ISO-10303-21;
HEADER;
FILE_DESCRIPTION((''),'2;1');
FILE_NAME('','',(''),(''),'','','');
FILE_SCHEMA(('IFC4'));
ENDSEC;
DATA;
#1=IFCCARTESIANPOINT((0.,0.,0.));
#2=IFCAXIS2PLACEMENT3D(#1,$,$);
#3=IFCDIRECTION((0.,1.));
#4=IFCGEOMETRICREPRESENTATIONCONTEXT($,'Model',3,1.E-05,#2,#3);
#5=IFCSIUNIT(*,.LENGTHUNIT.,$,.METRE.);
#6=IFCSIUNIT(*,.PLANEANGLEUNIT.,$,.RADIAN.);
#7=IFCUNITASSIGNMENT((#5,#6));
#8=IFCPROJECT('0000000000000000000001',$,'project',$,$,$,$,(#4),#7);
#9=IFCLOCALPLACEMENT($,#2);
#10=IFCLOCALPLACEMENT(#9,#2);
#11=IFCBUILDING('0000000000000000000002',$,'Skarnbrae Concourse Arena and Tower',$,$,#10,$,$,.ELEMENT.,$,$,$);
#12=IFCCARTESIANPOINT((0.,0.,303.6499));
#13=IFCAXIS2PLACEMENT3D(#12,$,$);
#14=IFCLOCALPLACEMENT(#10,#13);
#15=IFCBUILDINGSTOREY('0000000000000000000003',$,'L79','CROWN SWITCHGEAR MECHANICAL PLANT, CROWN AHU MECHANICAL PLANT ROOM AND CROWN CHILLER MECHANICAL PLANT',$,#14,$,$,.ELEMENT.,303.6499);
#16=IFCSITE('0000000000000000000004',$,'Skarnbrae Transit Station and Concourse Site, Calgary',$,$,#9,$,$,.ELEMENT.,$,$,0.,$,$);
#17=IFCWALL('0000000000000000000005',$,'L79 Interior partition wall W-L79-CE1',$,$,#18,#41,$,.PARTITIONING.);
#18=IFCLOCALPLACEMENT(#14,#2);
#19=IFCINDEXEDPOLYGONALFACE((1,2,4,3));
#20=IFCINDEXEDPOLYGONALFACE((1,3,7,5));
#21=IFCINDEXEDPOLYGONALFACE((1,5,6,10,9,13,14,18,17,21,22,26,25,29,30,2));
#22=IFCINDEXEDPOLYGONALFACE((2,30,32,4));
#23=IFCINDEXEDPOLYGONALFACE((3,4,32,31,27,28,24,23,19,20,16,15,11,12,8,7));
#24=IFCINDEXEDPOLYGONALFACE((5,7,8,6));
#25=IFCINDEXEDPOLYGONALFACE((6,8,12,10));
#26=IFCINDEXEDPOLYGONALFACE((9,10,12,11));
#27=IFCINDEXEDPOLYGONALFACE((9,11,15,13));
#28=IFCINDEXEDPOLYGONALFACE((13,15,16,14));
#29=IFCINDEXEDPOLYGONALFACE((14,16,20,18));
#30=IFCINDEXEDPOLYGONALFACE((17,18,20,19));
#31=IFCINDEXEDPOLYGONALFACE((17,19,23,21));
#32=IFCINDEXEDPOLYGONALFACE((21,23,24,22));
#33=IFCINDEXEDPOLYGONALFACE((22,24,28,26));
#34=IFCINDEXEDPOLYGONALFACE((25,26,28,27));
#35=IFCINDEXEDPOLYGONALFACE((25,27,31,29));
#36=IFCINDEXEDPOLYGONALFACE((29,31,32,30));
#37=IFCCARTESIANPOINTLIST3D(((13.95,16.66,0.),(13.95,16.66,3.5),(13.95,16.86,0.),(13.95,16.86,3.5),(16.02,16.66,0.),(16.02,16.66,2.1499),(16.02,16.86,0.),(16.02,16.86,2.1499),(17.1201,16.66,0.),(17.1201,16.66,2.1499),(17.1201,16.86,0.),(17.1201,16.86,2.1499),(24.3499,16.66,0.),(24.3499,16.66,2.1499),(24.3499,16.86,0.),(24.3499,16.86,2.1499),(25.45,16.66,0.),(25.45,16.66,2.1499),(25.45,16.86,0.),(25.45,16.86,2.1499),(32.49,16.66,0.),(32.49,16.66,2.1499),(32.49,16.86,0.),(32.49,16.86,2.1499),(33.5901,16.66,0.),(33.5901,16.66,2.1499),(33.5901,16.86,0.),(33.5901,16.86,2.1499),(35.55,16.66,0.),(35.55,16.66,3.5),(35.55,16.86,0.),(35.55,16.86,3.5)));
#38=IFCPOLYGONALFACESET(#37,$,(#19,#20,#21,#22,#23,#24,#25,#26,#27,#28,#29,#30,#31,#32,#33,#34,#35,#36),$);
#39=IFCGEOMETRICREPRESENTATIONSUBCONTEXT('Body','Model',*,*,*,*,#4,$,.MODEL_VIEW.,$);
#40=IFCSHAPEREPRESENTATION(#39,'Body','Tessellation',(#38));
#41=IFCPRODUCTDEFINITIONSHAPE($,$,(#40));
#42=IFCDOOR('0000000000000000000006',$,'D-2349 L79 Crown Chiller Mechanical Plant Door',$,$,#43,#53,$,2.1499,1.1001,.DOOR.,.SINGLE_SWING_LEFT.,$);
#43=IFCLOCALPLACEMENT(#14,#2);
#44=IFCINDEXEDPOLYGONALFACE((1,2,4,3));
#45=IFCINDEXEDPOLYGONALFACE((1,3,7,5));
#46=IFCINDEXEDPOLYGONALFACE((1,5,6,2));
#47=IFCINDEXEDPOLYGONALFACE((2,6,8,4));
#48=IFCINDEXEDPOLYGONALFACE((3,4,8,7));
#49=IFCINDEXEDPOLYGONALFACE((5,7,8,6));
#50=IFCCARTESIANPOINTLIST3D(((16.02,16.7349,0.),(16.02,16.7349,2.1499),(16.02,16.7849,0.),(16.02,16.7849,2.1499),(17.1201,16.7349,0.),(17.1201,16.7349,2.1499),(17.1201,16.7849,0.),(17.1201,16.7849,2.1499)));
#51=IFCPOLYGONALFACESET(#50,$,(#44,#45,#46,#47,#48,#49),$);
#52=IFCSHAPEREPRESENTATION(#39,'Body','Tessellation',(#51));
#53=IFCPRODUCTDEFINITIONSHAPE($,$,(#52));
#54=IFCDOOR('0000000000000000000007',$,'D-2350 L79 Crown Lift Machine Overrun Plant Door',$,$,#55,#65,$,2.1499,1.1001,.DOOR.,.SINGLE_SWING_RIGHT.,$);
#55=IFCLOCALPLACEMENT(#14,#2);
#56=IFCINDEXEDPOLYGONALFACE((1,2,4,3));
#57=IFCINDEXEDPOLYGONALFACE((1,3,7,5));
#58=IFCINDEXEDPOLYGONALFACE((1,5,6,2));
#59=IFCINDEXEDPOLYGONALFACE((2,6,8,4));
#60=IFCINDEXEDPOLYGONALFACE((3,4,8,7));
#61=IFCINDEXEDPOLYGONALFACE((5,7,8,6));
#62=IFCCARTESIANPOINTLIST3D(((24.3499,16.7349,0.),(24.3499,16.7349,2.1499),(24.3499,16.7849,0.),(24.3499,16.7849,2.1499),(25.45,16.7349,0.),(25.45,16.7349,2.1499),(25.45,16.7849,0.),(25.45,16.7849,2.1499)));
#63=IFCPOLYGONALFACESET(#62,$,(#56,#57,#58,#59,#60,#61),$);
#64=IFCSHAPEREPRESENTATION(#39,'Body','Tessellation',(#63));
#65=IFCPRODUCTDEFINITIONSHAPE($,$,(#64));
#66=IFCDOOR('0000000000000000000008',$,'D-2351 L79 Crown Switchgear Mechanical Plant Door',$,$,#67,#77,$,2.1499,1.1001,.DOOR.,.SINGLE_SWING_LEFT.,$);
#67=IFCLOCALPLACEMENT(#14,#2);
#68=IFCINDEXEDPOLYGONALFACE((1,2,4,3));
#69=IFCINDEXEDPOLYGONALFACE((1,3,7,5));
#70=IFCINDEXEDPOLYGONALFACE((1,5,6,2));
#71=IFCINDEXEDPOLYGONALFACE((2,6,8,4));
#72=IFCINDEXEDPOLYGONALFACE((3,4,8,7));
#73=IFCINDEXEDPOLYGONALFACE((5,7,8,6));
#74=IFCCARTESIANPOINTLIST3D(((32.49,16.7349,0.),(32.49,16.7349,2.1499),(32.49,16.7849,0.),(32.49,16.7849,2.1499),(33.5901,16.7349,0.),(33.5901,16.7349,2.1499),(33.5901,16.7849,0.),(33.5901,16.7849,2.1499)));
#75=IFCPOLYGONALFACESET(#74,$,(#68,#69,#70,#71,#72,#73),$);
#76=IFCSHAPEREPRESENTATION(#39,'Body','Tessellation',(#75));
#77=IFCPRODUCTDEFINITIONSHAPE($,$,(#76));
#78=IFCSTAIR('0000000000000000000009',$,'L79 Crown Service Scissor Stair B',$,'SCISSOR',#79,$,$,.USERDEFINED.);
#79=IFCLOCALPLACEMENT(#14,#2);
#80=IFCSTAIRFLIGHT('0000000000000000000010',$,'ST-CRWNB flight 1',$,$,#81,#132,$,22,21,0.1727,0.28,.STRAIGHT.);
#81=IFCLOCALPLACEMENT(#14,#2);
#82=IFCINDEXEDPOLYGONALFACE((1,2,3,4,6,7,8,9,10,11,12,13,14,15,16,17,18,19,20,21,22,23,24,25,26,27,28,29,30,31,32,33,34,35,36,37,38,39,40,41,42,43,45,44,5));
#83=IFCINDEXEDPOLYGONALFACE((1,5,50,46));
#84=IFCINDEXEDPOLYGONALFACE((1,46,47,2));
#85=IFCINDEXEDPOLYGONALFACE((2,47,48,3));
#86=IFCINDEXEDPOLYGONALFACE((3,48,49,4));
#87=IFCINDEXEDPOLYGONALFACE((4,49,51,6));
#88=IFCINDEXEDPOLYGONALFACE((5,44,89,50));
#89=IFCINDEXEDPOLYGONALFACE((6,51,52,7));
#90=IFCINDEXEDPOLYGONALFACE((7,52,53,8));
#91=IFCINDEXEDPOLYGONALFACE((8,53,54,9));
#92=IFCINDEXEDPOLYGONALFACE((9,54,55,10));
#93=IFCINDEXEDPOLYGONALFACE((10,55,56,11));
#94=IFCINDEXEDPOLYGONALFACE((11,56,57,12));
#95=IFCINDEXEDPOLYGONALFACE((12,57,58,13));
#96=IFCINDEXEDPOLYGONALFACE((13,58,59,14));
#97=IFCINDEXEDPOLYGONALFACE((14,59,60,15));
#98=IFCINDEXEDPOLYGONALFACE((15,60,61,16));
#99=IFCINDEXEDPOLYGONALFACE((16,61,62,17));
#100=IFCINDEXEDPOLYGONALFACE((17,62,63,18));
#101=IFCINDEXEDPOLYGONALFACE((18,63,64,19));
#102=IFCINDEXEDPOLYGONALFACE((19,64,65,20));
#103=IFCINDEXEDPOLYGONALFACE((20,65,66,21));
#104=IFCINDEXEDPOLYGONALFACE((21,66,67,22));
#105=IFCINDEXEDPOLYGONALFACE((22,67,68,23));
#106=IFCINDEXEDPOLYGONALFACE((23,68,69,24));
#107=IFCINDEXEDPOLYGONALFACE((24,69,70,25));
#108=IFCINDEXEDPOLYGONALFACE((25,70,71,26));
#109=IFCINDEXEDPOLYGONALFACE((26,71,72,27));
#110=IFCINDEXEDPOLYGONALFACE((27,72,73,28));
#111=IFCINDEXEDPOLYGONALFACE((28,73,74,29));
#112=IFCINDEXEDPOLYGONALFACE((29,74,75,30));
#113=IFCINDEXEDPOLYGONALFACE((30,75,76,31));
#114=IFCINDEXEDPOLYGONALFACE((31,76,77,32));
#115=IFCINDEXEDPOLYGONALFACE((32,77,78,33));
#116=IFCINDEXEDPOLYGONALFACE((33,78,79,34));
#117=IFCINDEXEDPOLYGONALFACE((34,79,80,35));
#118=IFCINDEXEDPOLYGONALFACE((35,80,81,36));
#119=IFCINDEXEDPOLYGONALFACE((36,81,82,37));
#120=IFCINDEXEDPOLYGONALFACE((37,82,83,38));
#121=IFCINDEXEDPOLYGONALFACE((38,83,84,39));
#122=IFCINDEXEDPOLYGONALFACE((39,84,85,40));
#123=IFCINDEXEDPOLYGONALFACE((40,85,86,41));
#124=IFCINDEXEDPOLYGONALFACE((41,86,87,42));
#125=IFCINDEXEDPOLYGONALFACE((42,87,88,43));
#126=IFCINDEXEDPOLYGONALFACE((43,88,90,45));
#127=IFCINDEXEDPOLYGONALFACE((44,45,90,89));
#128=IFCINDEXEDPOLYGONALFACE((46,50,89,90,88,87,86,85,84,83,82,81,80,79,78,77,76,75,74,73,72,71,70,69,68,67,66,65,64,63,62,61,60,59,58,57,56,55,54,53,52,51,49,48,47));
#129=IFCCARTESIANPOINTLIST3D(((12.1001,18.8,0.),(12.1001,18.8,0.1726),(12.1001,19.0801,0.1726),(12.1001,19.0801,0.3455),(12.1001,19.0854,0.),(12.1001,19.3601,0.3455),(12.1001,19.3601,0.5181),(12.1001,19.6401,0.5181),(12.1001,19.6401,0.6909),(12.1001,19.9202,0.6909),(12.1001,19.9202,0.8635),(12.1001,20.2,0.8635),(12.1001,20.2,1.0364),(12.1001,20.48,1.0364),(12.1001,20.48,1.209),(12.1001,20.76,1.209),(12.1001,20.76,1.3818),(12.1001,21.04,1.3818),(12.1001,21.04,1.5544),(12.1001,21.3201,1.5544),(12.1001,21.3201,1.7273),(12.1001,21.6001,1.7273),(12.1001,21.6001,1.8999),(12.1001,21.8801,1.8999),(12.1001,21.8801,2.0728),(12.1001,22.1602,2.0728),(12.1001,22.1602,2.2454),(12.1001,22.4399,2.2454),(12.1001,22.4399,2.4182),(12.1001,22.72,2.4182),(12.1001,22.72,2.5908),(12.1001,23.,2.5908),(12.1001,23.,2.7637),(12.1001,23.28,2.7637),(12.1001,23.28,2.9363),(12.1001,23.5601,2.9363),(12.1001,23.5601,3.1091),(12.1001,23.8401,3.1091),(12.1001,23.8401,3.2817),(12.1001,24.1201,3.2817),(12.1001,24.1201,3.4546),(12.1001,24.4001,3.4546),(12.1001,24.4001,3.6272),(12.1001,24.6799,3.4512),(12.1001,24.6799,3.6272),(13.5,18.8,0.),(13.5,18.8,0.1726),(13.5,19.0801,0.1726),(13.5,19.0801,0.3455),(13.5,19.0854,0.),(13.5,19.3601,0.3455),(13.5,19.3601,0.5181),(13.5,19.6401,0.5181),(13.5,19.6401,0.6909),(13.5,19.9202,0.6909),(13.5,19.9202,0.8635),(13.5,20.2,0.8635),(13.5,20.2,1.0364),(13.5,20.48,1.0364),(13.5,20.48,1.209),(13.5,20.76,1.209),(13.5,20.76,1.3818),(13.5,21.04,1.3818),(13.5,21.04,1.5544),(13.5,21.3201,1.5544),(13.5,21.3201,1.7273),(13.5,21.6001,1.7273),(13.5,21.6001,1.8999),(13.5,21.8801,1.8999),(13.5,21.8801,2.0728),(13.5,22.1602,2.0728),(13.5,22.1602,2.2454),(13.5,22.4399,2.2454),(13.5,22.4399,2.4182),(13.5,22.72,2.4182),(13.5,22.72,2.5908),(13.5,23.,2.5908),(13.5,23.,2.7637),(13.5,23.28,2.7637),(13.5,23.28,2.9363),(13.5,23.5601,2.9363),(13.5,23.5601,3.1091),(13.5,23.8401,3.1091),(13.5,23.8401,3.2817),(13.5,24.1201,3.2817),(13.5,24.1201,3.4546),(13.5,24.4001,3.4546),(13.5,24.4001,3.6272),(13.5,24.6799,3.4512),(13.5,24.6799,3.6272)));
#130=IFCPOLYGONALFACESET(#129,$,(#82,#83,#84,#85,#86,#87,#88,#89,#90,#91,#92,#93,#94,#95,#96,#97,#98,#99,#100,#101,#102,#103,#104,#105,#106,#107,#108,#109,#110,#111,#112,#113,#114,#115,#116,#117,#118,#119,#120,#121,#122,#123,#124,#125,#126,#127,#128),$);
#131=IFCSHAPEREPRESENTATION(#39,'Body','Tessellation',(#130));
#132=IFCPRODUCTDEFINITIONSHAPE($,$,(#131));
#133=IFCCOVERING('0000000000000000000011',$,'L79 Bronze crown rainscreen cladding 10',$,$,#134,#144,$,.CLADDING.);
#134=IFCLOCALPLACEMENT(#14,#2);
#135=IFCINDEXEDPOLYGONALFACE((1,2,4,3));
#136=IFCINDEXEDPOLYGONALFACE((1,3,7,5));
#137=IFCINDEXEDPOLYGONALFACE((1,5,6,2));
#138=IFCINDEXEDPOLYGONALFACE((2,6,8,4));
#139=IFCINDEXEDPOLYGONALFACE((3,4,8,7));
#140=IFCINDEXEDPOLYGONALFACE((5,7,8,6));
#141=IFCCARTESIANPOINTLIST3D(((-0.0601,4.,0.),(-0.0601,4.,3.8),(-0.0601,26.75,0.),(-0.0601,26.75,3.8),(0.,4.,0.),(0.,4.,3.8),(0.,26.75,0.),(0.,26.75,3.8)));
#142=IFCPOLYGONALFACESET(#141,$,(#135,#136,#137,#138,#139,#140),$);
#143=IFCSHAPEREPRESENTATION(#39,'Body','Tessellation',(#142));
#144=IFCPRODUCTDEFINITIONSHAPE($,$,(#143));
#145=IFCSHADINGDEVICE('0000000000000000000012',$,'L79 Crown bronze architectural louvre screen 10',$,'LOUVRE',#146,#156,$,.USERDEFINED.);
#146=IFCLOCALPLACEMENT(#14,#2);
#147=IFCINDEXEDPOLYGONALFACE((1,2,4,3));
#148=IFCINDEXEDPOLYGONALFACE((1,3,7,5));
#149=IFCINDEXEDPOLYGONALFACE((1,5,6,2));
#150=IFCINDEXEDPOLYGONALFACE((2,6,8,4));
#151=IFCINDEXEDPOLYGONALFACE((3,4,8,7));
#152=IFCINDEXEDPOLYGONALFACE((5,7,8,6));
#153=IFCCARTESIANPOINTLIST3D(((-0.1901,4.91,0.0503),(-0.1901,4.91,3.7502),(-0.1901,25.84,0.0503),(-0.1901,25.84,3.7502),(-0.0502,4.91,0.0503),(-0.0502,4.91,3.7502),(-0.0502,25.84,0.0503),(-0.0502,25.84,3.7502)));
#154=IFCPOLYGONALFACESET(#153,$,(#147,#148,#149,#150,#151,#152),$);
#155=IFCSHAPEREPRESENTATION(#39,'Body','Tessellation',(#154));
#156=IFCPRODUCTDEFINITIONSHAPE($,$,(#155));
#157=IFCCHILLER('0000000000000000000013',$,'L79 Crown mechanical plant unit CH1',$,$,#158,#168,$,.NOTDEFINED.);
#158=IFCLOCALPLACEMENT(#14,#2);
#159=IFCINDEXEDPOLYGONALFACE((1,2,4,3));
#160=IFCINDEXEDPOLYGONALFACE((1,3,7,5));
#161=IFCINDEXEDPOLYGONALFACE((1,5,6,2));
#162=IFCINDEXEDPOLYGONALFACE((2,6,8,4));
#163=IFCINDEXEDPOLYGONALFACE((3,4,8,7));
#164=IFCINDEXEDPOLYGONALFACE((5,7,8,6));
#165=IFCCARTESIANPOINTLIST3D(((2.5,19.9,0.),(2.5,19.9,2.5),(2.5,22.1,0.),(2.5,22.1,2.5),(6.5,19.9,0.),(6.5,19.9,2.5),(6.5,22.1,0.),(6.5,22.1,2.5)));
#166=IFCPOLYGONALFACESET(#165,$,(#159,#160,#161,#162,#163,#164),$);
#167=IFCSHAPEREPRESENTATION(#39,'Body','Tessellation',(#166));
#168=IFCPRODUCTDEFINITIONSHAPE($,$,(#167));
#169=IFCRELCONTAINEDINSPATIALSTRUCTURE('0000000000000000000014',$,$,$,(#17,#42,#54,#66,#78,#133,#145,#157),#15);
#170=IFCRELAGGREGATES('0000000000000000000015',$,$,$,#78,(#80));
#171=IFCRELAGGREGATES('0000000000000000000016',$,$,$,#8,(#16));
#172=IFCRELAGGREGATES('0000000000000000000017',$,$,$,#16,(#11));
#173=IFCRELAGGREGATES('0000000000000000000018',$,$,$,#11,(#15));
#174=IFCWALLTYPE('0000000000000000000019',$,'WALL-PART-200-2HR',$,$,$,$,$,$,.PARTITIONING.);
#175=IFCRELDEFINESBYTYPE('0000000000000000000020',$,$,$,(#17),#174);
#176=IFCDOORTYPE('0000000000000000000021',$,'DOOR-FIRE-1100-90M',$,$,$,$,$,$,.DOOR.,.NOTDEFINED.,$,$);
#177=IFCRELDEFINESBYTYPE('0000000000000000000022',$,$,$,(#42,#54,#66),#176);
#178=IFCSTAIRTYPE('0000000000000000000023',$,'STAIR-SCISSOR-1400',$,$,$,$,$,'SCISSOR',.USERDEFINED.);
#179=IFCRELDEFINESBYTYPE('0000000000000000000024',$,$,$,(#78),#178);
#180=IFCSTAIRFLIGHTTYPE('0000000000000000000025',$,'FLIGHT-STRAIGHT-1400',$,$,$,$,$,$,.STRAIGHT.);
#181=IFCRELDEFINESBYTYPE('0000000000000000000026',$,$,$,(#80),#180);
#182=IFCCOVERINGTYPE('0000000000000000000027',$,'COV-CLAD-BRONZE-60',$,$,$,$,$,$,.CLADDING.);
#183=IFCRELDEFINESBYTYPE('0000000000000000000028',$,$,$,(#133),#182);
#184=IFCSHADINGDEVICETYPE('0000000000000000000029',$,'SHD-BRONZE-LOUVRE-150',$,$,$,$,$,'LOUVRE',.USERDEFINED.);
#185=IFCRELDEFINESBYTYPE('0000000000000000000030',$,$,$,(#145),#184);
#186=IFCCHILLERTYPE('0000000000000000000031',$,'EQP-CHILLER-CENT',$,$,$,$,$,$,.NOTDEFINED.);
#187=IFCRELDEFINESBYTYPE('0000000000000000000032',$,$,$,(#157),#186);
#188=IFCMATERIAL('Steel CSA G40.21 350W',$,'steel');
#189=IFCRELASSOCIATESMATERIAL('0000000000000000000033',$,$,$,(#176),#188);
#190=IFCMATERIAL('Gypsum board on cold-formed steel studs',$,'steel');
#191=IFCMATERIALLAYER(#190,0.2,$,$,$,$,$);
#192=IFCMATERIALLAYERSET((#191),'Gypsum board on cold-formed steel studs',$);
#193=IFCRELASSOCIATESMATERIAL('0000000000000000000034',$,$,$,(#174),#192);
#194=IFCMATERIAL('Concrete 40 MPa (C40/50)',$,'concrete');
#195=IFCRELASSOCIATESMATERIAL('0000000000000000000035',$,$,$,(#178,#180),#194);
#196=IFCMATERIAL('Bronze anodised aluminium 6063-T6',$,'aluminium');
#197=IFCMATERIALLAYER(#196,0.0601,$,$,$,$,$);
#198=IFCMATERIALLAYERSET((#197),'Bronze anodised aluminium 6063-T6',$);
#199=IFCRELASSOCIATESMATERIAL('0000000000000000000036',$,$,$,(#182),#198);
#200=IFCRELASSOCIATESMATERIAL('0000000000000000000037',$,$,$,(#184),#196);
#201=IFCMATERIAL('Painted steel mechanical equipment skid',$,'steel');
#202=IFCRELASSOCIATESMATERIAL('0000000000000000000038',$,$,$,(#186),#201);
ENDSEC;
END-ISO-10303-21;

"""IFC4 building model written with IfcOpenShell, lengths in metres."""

from ifc_helpers import new_model, si_unit, direction, frame, frame_2d, origin, origin_2d, place, context, subcontext, project, spatial, polyline, rectangle, outline, extrude, source, transform, mapped, material, layer, layer_set, type_object, element, fill, aggregate, save


model = new_model("IFC4")

# Units and contexts
model_context = context("Model", 3, precision=1e-05, world=origin(), true_north=direction((0.0, 1.0)))
body_context = subcontext(model_context, "Body", "Model", "MODEL_VIEW")
ifc_project = project(units=[si_unit("LENGTHUNIT", "METRE"), si_unit("PLANEANGLEUNIT", "RADIAN")], contexts=[model_context])

# Site, building, storey
site_placement = place(None, origin())
site = spatial("IfcSite", under=ifc_project, at=site_placement, Name="Skarnbrae Transit Station and Concourse Site, Calgary", CompositionType="ELEMENT", RefElevation=0.0)
building_placement = place(site_placement, origin())
building = spatial("IfcBuilding", under=site, at=building_placement, Name="Skarnbrae Concourse Arena and Tower", CompositionType="ELEMENT")
storey_placement = place(building_placement, frame((0.0, 0.0, 303.6499)))
storey = spatial("IfcBuildingStorey", under=building, at=storey_placement, Name="L79", Description="CROWN SWITCHGEAR MECHANICAL PLANT, CROWN AHU MECHANICAL PLANT ROOM AND CROWN CHILLER MECHANICAL PLANT", CompositionType="ELEMENT", Elevation=303.6499)

# Shared definitions
ifc_material_1 = material(Name="Steel CSA G40.21 350W", Category="steel")

# Shared definitions
door_type = type_object("IfcDoorType", Name="DOOR-FIRE-1100-90M", OperationType="NOTDEFINED", PredefinedType="DOOR", material=ifc_material_1)
shared_shape_1 = source(origin(), body_context, "Body", "SweptSolid", [
    extrude(rectangle(XDim=1.1001, YDim=2.1499, at=frame_2d((0.55, 1.075))), frame((0.0, 0.0249, 0.0), z_axis=(0.0, -1.0, 0.0), x_axis=(1.0, 0.0, 0.0)), (0.0, 0.0, 1.0), 0.05),
])

# Shared definitions
ifc_material_2 = material(Name="Gypsum board on cold-formed steel studs", Category="steel")
ifc_layer_1 = layer(ifc_material_2, 0.2)
ifc_layer_set_1 = layer_set([ifc_layer_1], Name="Gypsum board on cold-formed steel studs")
wall_type_1 = type_object("IfcWallType", Name="WALL-PART-200-2HR", PredefinedType="PARTITIONING", material=ifc_layer_set_1)

# Wall, openings, doors
shared_shape_2 = source(origin(), body_context, "Body", "SweptSolid", [
    extrude(rectangle(XDim=21.6001, YDim=0.2, at=frame_2d((10.8, 0.0))), origin(), (0.0, 0.0, 1.0), 3.5),
])
wall_1_placement = place(storey_placement, frame((13.95, 16.76, 0.0), z_axis=(0.0, 0.0, 1.0), x_axis=(1.0, 0.0, 0.0)))
wall_1 = element("IfcWall", 1, at=wall_1_placement, inside=storey, type_object=wall_type_1, Name="L79 Interior partition wall W-L79-CE1", PredefinedType="PARTITIONING", context=body_context, shape_type="MappedRepresentation", body=[
    mapped(shared_shape_2, transform((0.0, 0.0, 0.0))),
])
opening_1_placement = place(wall_1_placement, frame((2.0701, 0.0, 0.0)))
opening_1 = element("IfcOpeningElement", 2, at=opening_1_placement, cuts=wall_1, PredefinedType="OPENING", context=body_context, shape_type="SweptSolid", body=[
    extrude(rectangle(XDim=1.1001, YDim=2.1499, at=frame_2d((0.55, 1.075))), frame((0.0, 0.1099, 0.0), z_axis=(0.0, -1.0, 0.0), x_axis=(1.0, 0.0, 0.0)), (0.0, 0.0, 1.0), 0.22),
])
opening_2_placement = place(wall_1_placement, frame((10.3999, 0.0, 0.0)))
opening_2 = element("IfcOpeningElement", 3, at=opening_2_placement, cuts=wall_1, PredefinedType="OPENING", context=body_context, shape_type="SweptSolid", body=[
    extrude(rectangle(XDim=1.1001, YDim=2.1499, at=frame_2d((0.55, 1.075))), frame((0.0, 0.1099, 0.0), z_axis=(0.0, -1.0, 0.0), x_axis=(1.0, 0.0, 0.0)), (0.0, 0.0, 1.0), 0.22),
])
opening_3_placement = place(wall_1_placement, frame((18.54, 0.0, 0.0)))
opening_3 = element("IfcOpeningElement", 4, at=opening_3_placement, cuts=wall_1, PredefinedType="OPENING", context=body_context, shape_type="SweptSolid", body=[
    extrude(rectangle(XDim=1.1001, YDim=2.1499, at=frame_2d((0.55, 1.075))), frame((0.0, 0.1099, 0.0), z_axis=(0.0, -1.0, 0.0), x_axis=(1.0, 0.0, 0.0)), (0.0, 0.0, 1.0), 0.22),
])
door_1_placement = place(opening_1_placement, origin())
door_1 = element("IfcDoor", 5, at=door_1_placement, inside=storey, type_object=door_type, Name="D-2349 L79 Crown Chiller Mechanical Plant Door", OperationType="SINGLE_SWING_LEFT", OverallHeight=2.1499, OverallWidth=1.1001, PredefinedType="DOOR", context=body_context, shape_type="MappedRepresentation", body=[
    mapped(shared_shape_1, transform((0.0, 0.0, 0.0))),
])
fill(opening_1, door_1)
door_2_placement = place(opening_2_placement, origin())
door_2 = element("IfcDoor", 6, at=door_2_placement, inside=storey, type_object=door_type, Name="D-2350 L79 Crown Lift Machine Overrun Plant Door", OperationType="SINGLE_SWING_RIGHT", OverallHeight=2.1499, OverallWidth=1.1001, PredefinedType="DOOR", context=body_context, shape_type="MappedRepresentation", body=[
    mapped(shared_shape_1, transform((0.0, 0.0, 0.0))),
])
fill(opening_2, door_2)
door_3_placement = place(opening_3_placement, origin())
door_3 = element("IfcDoor", 7, at=door_3_placement, inside=storey, type_object=door_type, Name="D-2351 L79 Crown Switchgear Mechanical Plant Door", OperationType="SINGLE_SWING_LEFT", OverallHeight=2.1499, OverallWidth=1.1001, PredefinedType="DOOR", context=body_context, shape_type="MappedRepresentation", body=[
    mapped(shared_shape_1, transform((0.0, 0.0, 0.0))),
])
fill(opening_3, door_3)

# Stair, stair flight
ifc_material_3 = material(Name="Concrete 40 MPa (C40/50)", Category="concrete")
stair_type = type_object("IfcStairType", Name="STAIR-SCISSOR-1400", ElementType="SCISSOR", PredefinedType="USERDEFINED", material=ifc_material_3)
stair_placement = place(storey_placement, origin())
stair = element("IfcStair", 8, at=stair_placement, inside=storey, type_object=stair_type, Name="L79 Crown Service Scissor Stair B", ObjectType="SCISSOR", PredefinedType="USERDEFINED")
stair_flight_type = type_object("IfcStairFlightType", Name="FLIGHT-STRAIGHT-1400", PredefinedType="STRAIGHT", material=ifc_material_3)
shared_shape_3 = source(origin(), body_context, "Body", "SweptSolid", [
    extrude(outline(polyline([(0.0, 0.0), (0.0, 0.1726), (0.28, 0.1726), (0.28, 0.3455), (0.5601, 0.3455), (0.5601, 0.5181), (0.8401, 0.5181), (0.8401, 0.6909), (1.1201, 0.6909), (1.1201, 0.8635), (1.3999, 0.8635), (1.3999, 1.0364), (1.6799, 1.0364), (1.6799, 1.209), (1.96, 1.209), (1.96, 1.3818), (2.24, 1.3818), (2.24, 1.5544), (2.52, 1.5544), (2.52, 1.7273), (2.8, 1.7273), (2.8, 1.8999), (3.0801, 1.8999), (3.0801, 2.0728), (3.3601, 2.0728), (3.3601, 2.2454), (3.6399, 2.2454), (3.6399, 2.4182), (3.9199, 2.4182), (3.9199, 2.5908), (4.2, 2.5908), (4.2, 2.7637), (4.48, 2.7637), (4.48, 2.9363), (4.76, 2.9363), (4.76, 3.1091), (5.04, 3.1091), (5.04, 3.2817), (5.3201, 3.2817), (5.3201, 3.4546), (5.6001, 3.4546), (5.6001, 3.6272), (5.8799, 3.6272), (5.8799, 3.8), (5.8799, 3.4512), (0.2854, 0.0), (0.0, 0.0)])), frame((0.0, 0.7, 0.0), z_axis=(0.0, -1.0, 0.0), x_axis=(1.0, 0.0, 0.0)), (0.0, 0.0, 1.0), 1.3999),
])
stair_flight_placement = place(storey_placement, frame((12.8, 18.8, 0.0), z_axis=(0.0, 0.0, 1.0), x_axis=(0.0, 1.0, 0.0)))
stair_flight = element("IfcStairFlight", 9, at=stair_flight_placement, type_object=stair_flight_type, Name="ST-CRWNB flight 1", NumberOfRisers=22, NumberOfTreads=21, PredefinedType="STRAIGHT", RiserHeight=0.1727, TreadLength=0.28, context=body_context, shape_type="MappedRepresentation", body=[
    mapped(shared_shape_3, transform((0.0, 0.0, 0.0))),
])
aggregate(stair, [stair_flight])

# Covering
ifc_material_4 = material(Name="Bronze anodised aluminium 6063-T6", Category="aluminium")
ifc_layer_2 = layer(ifc_material_4, 0.0601)
ifc_layer_set_2 = layer_set([ifc_layer_2], Name="Bronze anodised aluminium 6063-T6")
covering_type = type_object("IfcCoveringType", Name="COV-CLAD-BRONZE-60", PredefinedType="CLADDING", material=ifc_layer_set_2)
shared_shape_4 = source(origin(), body_context, "Body", "SweptSolid", [
    extrude(rectangle(XDim=22.75, YDim=0.0601, at=origin_2d()), origin(), (0.0, 0.0, 1.0), 3.8),
])
covering_placement = place(storey_placement, frame((-0.03, 15.375, 0.0), z_axis=(0.0, 0.0, 1.0), x_axis=(0.0, -1.0, 0.0)))
element("IfcCovering", 10, at=covering_placement, inside=storey, type_object=covering_type, Name="L79 Bronze crown rainscreen cladding 10", PredefinedType="CLADDING", context=body_context, shape_type="MappedRepresentation", body=[
    mapped(shared_shape_4, transform((0.0, 0.0, 0.0))),
])

# Shading device
shading_device_type = type_object("IfcShadingDeviceType", Name="SHD-BRONZE-LOUVRE-150", ElementType="LOUVRE", PredefinedType="USERDEFINED", material=ifc_material_4)
shared_shape_5 = source(origin(), body_context, "Body", "SweptSolid", [
    extrude(rectangle(XDim=20.9299, YDim=0.1399, at=origin_2d()), origin(), (0.0, 0.0, 1.0), 3.7),
])
shading_device_placement = place(storey_placement, frame((-0.1201, 15.375, 0.0503), z_axis=(0.0, 0.0, 1.0), x_axis=(0.0, -1.0, 0.0)))
element("IfcShadingDevice", 11, at=shading_device_placement, inside=storey, type_object=shading_device_type, Name="L79 Crown bronze architectural louvre screen 10", ObjectType="LOUVRE", PredefinedType="USERDEFINED", context=body_context, shape_type="MappedRepresentation", body=[
    mapped(shared_shape_5, transform((0.0, 0.0, 0.0))),
])

# Chiller
ifc_material_5 = material(Name="Painted steel mechanical equipment skid", Category="steel")
chiller_type = type_object("IfcChillerType", Name="EQP-CHILLER-CENT", PredefinedType="NOTDEFINED", material=ifc_material_5)
shared_shape_6 = source(origin(), body_context, "Body", "SweptSolid", [
    extrude(rectangle(XDim=4.0, YDim=2.2, at=origin_2d()), origin(), (0.0, 0.0, 1.0), 2.5),
])
chiller_placement = place(storey_placement, frame((4.5, 21.0, 0.0), z_axis=(0.0, 0.0, 1.0), x_axis=(1.0, 0.0, 0.0)))
element("IfcChiller", 12, at=chiller_placement, inside=storey, type_object=chiller_type, Name="L79 Crown mechanical plant unit CH1", PredefinedType="NOTDEFINED", context=body_context, shape_type="MappedRepresentation", body=[
    mapped(shared_shape_6, transform((0.0, 0.0, 0.0))),
])

save(model, "model.ifc")
